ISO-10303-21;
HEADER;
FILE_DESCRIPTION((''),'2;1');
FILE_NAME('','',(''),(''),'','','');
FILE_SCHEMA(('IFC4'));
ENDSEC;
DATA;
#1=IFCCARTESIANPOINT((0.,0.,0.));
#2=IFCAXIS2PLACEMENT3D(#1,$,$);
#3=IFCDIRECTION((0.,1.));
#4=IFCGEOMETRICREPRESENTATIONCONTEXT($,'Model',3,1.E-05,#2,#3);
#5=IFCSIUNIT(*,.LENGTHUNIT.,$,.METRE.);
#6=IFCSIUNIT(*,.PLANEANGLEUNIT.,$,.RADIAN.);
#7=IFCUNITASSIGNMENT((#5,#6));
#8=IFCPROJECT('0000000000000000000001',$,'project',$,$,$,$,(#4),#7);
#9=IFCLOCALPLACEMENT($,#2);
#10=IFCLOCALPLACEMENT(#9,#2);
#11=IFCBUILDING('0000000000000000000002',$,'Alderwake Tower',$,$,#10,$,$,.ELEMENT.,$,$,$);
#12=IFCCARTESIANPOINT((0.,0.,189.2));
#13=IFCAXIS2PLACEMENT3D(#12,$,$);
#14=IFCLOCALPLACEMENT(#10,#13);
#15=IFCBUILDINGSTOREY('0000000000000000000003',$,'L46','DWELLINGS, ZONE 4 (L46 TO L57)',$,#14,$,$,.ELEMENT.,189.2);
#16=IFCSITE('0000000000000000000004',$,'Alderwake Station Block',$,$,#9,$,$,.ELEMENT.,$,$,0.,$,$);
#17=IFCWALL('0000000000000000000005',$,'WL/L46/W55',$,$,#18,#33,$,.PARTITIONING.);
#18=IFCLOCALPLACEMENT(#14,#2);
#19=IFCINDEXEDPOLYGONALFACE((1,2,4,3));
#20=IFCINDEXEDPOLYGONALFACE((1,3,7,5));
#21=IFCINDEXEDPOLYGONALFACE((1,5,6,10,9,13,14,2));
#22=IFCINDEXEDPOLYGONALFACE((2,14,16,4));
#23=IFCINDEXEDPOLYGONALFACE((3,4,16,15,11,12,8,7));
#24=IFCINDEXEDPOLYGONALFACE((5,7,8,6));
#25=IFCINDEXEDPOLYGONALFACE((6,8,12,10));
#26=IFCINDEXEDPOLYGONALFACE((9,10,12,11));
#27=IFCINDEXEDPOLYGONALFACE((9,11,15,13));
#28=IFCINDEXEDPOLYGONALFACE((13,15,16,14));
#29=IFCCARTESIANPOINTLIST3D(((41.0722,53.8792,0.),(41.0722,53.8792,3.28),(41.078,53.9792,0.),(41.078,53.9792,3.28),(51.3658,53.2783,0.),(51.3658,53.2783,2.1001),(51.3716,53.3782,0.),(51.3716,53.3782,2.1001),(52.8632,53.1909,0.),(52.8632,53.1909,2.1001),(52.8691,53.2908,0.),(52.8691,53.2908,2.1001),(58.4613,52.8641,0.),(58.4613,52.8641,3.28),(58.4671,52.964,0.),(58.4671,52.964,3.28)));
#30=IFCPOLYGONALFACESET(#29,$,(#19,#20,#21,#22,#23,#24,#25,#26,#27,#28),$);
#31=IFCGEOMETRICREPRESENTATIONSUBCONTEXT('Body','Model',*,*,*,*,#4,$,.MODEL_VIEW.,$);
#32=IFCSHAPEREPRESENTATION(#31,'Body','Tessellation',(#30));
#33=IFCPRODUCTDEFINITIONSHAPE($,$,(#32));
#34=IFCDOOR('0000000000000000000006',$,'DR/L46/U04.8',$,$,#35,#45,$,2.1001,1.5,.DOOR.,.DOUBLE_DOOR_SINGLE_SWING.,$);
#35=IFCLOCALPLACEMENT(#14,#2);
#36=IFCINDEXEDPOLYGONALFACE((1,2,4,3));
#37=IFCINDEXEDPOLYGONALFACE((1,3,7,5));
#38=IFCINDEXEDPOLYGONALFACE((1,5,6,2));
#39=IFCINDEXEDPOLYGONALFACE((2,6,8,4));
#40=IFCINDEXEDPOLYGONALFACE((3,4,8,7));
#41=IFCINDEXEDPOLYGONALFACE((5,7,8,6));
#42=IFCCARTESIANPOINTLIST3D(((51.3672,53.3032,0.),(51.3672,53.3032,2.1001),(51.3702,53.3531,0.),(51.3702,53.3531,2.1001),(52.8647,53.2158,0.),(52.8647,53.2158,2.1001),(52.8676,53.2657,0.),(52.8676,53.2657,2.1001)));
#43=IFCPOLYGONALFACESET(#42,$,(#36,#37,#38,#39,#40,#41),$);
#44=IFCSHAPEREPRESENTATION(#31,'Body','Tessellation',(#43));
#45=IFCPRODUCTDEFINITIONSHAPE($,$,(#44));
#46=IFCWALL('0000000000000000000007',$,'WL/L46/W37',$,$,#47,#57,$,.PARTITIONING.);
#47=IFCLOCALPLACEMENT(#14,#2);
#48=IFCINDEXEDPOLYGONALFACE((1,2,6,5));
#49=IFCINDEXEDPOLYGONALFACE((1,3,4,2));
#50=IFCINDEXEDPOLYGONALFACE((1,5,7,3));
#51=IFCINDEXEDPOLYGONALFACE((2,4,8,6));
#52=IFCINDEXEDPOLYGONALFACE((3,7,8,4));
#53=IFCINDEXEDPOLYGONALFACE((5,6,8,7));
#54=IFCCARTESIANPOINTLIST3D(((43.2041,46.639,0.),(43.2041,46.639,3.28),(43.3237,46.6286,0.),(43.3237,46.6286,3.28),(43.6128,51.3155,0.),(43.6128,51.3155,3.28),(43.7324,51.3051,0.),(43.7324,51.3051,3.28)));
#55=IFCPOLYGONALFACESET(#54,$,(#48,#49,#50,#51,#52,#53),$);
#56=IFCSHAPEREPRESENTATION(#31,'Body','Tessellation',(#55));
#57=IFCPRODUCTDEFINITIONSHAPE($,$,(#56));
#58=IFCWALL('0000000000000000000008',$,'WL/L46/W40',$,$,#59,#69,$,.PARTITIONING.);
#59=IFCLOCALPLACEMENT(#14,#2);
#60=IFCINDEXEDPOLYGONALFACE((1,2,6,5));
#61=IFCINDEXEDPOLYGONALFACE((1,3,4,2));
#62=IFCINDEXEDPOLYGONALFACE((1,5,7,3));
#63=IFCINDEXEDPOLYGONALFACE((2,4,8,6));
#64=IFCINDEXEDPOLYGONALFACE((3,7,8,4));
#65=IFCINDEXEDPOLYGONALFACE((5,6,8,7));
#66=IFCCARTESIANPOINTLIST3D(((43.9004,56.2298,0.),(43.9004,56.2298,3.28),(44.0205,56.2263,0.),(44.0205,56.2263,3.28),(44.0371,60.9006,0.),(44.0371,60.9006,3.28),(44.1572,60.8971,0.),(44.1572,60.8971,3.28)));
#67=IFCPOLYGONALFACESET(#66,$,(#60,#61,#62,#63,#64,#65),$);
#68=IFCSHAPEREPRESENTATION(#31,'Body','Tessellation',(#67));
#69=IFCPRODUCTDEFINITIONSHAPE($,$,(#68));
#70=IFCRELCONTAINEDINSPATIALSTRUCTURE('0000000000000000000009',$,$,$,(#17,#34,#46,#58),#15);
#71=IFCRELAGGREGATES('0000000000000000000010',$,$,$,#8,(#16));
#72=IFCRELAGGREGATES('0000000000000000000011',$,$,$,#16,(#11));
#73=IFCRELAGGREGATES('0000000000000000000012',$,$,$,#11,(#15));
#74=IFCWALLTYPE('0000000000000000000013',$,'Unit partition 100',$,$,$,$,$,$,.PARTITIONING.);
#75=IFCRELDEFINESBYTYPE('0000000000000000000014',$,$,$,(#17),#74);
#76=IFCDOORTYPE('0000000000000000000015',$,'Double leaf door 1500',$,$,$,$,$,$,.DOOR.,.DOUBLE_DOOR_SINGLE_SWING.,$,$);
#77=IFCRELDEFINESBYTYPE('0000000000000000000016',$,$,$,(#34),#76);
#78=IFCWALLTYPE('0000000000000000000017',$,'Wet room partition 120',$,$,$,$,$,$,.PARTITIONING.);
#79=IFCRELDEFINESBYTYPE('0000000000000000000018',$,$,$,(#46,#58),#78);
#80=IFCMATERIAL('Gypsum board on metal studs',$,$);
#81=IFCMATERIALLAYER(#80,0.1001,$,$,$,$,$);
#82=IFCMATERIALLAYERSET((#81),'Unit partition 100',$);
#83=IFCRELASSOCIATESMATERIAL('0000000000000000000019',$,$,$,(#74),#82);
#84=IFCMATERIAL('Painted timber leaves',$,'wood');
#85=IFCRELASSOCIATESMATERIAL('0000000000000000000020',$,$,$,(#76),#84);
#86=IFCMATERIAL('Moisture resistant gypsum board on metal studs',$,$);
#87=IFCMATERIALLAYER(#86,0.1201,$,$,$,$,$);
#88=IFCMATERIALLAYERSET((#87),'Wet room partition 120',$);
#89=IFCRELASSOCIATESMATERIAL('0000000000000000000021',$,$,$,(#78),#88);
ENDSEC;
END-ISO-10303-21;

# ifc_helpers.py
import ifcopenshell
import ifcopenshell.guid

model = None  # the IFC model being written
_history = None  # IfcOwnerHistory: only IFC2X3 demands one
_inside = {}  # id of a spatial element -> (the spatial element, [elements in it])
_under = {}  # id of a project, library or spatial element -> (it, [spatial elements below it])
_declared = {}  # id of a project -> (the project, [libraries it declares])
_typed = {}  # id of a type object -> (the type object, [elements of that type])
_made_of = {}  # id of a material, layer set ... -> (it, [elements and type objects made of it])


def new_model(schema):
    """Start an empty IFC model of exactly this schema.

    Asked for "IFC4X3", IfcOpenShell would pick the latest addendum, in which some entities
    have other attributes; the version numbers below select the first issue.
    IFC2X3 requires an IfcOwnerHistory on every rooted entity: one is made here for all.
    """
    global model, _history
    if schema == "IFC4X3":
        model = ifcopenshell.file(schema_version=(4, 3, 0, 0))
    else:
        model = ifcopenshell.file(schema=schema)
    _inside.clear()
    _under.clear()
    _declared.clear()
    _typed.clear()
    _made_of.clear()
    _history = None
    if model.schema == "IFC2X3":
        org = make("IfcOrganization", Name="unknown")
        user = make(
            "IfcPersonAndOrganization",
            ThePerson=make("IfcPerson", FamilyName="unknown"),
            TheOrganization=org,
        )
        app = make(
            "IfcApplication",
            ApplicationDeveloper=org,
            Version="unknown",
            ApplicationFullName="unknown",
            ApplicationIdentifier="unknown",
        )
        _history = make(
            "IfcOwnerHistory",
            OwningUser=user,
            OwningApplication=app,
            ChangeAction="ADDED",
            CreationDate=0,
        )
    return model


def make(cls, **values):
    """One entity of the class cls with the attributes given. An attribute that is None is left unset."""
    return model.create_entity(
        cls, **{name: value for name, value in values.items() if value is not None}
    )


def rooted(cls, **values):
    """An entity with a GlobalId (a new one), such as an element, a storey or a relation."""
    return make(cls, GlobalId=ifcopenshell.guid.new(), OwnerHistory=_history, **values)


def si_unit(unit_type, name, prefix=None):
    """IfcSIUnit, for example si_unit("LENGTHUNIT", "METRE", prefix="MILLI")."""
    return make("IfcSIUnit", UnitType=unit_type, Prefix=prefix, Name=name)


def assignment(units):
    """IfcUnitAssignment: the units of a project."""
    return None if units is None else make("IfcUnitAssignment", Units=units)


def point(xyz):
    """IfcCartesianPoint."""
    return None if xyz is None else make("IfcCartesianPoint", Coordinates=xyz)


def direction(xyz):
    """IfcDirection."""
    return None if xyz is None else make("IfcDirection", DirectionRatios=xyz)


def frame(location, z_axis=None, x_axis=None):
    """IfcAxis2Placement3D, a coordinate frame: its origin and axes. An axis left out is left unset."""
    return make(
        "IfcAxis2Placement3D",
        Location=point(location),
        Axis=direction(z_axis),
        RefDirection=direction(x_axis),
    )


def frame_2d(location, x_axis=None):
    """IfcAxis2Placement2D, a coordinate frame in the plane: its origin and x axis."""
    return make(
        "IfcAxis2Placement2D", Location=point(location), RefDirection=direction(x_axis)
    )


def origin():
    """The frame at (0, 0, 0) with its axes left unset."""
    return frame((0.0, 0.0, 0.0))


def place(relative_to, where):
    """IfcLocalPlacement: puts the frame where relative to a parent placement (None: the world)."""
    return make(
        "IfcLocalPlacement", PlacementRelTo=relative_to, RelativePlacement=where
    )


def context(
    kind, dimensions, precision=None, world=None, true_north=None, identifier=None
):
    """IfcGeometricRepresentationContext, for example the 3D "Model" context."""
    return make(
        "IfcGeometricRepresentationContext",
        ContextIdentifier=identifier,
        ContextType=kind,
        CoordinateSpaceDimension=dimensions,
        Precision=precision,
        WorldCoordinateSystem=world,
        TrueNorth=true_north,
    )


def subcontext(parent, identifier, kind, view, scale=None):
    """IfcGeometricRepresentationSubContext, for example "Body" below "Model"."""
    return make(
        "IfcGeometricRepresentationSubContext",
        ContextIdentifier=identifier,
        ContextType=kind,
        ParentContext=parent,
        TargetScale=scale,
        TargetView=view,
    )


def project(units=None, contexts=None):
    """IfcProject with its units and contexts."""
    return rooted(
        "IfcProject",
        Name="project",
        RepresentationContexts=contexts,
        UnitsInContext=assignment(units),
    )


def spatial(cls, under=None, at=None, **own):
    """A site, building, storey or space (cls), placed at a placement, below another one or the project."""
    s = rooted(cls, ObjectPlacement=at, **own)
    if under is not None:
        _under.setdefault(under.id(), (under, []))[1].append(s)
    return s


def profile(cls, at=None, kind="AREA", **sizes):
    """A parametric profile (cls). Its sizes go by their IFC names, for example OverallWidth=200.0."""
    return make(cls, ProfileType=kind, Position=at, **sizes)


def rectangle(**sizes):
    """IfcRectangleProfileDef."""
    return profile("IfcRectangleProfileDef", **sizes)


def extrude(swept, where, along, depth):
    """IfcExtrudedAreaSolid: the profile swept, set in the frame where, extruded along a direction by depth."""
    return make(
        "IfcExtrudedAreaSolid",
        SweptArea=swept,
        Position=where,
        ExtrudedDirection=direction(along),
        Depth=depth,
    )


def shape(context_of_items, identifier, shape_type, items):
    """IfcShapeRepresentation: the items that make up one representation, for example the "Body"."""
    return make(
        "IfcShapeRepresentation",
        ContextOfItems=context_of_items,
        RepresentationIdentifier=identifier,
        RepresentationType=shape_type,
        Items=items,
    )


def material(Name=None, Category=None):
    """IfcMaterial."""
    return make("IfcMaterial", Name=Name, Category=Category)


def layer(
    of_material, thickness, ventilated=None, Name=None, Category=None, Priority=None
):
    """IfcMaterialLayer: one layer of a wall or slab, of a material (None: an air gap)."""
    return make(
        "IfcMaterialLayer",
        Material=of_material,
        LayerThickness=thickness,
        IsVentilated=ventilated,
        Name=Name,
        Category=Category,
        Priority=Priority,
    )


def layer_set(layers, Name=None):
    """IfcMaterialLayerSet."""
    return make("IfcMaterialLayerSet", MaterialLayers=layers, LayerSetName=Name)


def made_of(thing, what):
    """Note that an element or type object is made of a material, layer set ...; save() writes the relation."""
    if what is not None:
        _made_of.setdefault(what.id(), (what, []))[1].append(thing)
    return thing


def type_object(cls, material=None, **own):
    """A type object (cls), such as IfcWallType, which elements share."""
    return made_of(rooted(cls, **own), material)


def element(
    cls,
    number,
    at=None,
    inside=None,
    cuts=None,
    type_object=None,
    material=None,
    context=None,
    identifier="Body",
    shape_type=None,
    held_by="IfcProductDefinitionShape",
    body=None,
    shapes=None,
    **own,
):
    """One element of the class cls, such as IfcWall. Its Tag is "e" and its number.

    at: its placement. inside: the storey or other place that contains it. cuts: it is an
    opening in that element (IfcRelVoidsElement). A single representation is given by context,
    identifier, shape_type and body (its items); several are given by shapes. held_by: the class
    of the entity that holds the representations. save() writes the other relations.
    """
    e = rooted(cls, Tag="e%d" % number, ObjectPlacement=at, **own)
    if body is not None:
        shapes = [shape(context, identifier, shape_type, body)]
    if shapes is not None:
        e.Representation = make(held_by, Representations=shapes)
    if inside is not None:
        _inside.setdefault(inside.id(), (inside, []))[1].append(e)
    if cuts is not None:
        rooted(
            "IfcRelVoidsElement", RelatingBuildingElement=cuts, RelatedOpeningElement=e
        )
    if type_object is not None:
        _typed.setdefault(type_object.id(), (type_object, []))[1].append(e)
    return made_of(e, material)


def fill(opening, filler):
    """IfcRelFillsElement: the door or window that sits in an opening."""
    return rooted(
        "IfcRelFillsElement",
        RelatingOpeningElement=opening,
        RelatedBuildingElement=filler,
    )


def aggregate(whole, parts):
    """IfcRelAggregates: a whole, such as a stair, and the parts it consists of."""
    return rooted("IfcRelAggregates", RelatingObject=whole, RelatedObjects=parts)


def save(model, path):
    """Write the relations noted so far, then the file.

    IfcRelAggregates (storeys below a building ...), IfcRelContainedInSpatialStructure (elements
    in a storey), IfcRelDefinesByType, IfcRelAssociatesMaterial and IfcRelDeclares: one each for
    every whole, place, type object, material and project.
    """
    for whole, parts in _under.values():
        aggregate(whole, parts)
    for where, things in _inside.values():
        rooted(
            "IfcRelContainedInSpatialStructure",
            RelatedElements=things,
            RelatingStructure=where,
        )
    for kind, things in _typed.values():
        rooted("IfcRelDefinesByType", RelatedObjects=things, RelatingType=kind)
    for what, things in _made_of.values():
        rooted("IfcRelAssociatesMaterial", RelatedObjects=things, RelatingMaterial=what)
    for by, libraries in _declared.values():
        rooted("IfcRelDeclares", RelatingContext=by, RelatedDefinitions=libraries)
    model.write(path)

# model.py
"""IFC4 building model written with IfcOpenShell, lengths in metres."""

from ifc_helpers import new_model, si_unit, direction, frame, frame_2d, origin, place, context, subcontext, project, spatial, rectangle, extrude, material, layer, layer_set, type_object, element, fill, save


model = new_model("IFC4")

# Units and contexts
model_context = context("Model", 3, precision=1e-05, world=origin(), true_north=direction((0.0, 1.0)))
body_context = subcontext(model_context, "Body", "Model", "MODEL_VIEW")
ifc_project = project(units=[si_unit("LENGTHUNIT", "METRE"), si_unit("PLANEANGLEUNIT", "RADIAN")], contexts=[model_context])

# Site, building, storey
site_placement = place(None, origin())
site = spatial("IfcSite", under=ifc_project, at=site_placement, Name="Alderwake Station Block", CompositionType="ELEMENT", RefElevation=0.0)
building_placement = place(site_placement, origin())
building = spatial("IfcBuilding", under=site, at=building_placement, Name="Alderwake Tower", CompositionType="ELEMENT")
storey_placement = place(building_placement, frame((0.0, 0.0, 189.2)))
storey = spatial("IfcBuildingStorey", under=building, at=storey_placement, Name="L46", Description="DWELLINGS, ZONE 4 (L46 TO L57)", CompositionType="ELEMENT", Elevation=189.2)

# Shared definitions
ifc_material_1 = material(Name="Gypsum board on metal studs")
ifc_layer_1 = layer(ifc_material_1, 0.1001)
ifc_layer_set_1 = layer_set([ifc_layer_1], Name="Unit partition 100")
wall_type_1 = type_object("IfcWallType", Name="Unit partition 100", PredefinedType="PARTITIONING", material=ifc_layer_set_1)

# Wall, opening, door
wall_1_placement = place(storey_placement, frame((41.075, 53.9292, 0.0), z_axis=(0.0, 0.0, 1.0), x_axis=(0.9983, -0.058278, 0.0)))
wall_1 = element("IfcWall", 1, at=wall_1_placement, inside=storey, type_object=wall_type_1, Name="WL/L46/W55", PredefinedType="PARTITIONING", context=body_context, shape_type="SweptSolid", body=[
    extrude(rectangle(XDim=17.4187, YDim=0.1001, at=frame_2d((8.7095, 0.0))), origin(), (0.0, 0.0, 1.0), 3.28),
])
opening_1_placement = place(wall_1_placement, frame((10.3113, 0.0, 0.0)))
opening_1 = element("IfcOpeningElement", 2, at=opening_1_placement, cuts=wall_1, PredefinedType="OPENING", context=body_context, shape_type="SweptSolid", body=[
    extrude(rectangle(XDim=1.5, YDim=2.1001, at=frame_2d((0.75, 1.05))), frame((0.0, 0.0601, 0.0), z_axis=(0.0, -1.0, 0.0), x_axis=(1.0, 0.0, 0.0)), (0.0, 0.0, 1.0), 0.1201),
])
ifc_material_2 = material(Name="Painted timber leaves", Category="wood")
door_type_1 = type_object("IfcDoorType", Name="Double leaf door 1500", OperationType="DOUBLE_DOOR_SINGLE_SWING", PredefinedType="DOOR", material=ifc_material_2)
door_1_placement = place(opening_1_placement, origin())
door_1 = element("IfcDoor", 3, at=door_1_placement, inside=storey, type_object=door_type_1, Name="DR/L46/U04.8", OperationType="DOUBLE_DOOR_SINGLE_SWING", OverallHeight=2.1001, OverallWidth=1.5, PredefinedType="DOOR", context=body_context, shape_type="SweptSolid", body=[
    extrude(rectangle(XDim=1.5, YDim=2.1001, at=frame_2d((0.75, 1.05))), frame((0.0, 0.0249, 0.0), z_axis=(0.0, -1.0, 0.0), x_axis=(1.0, 0.0, 0.0)), (0.0, 0.0, 1.0), 0.05),
])
fill(opening_1, door_1)

# Walls
ifc_material_3 = material(Name="Moisture resistant gypsum board on metal studs")
ifc_layer_2 = layer(ifc_material_3, 0.1201)
ifc_layer_set_2 = layer_set([ifc_layer_2], Name="Wet room partition 120")
wall_type_2 = type_object("IfcWallType", Name="Wet room partition 120", PredefinedType="PARTITIONING", material=ifc_layer_set_2)
wall_2_placement = place(storey_placement, frame((43.2639, 46.6338, 0.0), z_axis=(0.0, 0.0, 1.0), x_axis=(0.08706, 0.996203, 0.0)))
element("IfcWall", 4, at=wall_2_placement, inside=storey, type_object=wall_type_2, Name="WL/L46/W37", PredefinedType="PARTITIONING", context=body_context, shape_type="SweptSolid", body=[
    extrude(rectangle(XDim=4.6943, YDim=0.1201, at=frame_2d((2.3472, 0.0))), origin(), (0.0, 0.0, 1.0), 3.28),
])
wall_3_placement = place(storey_placement, frame((43.9604, 56.228, 0.0), z_axis=(0.0, 0.0, 1.0), x_axis=(0.029258, 0.999572, 0.0)))
element("IfcWall", 5, at=wall_3_placement, inside=storey, type_object=wall_type_2, Name="WL/L46/W40", PredefinedType="PARTITIONING", context=body_context, shape_type="SweptSolid", body=[
    extrude(rectangle(XDim=4.6729, YDim=0.1201, at=frame_2d((2.3364, 0.0))), origin(), (0.0, 0.0, 1.0), 3.28),
])

save(model, "model.ifc")
